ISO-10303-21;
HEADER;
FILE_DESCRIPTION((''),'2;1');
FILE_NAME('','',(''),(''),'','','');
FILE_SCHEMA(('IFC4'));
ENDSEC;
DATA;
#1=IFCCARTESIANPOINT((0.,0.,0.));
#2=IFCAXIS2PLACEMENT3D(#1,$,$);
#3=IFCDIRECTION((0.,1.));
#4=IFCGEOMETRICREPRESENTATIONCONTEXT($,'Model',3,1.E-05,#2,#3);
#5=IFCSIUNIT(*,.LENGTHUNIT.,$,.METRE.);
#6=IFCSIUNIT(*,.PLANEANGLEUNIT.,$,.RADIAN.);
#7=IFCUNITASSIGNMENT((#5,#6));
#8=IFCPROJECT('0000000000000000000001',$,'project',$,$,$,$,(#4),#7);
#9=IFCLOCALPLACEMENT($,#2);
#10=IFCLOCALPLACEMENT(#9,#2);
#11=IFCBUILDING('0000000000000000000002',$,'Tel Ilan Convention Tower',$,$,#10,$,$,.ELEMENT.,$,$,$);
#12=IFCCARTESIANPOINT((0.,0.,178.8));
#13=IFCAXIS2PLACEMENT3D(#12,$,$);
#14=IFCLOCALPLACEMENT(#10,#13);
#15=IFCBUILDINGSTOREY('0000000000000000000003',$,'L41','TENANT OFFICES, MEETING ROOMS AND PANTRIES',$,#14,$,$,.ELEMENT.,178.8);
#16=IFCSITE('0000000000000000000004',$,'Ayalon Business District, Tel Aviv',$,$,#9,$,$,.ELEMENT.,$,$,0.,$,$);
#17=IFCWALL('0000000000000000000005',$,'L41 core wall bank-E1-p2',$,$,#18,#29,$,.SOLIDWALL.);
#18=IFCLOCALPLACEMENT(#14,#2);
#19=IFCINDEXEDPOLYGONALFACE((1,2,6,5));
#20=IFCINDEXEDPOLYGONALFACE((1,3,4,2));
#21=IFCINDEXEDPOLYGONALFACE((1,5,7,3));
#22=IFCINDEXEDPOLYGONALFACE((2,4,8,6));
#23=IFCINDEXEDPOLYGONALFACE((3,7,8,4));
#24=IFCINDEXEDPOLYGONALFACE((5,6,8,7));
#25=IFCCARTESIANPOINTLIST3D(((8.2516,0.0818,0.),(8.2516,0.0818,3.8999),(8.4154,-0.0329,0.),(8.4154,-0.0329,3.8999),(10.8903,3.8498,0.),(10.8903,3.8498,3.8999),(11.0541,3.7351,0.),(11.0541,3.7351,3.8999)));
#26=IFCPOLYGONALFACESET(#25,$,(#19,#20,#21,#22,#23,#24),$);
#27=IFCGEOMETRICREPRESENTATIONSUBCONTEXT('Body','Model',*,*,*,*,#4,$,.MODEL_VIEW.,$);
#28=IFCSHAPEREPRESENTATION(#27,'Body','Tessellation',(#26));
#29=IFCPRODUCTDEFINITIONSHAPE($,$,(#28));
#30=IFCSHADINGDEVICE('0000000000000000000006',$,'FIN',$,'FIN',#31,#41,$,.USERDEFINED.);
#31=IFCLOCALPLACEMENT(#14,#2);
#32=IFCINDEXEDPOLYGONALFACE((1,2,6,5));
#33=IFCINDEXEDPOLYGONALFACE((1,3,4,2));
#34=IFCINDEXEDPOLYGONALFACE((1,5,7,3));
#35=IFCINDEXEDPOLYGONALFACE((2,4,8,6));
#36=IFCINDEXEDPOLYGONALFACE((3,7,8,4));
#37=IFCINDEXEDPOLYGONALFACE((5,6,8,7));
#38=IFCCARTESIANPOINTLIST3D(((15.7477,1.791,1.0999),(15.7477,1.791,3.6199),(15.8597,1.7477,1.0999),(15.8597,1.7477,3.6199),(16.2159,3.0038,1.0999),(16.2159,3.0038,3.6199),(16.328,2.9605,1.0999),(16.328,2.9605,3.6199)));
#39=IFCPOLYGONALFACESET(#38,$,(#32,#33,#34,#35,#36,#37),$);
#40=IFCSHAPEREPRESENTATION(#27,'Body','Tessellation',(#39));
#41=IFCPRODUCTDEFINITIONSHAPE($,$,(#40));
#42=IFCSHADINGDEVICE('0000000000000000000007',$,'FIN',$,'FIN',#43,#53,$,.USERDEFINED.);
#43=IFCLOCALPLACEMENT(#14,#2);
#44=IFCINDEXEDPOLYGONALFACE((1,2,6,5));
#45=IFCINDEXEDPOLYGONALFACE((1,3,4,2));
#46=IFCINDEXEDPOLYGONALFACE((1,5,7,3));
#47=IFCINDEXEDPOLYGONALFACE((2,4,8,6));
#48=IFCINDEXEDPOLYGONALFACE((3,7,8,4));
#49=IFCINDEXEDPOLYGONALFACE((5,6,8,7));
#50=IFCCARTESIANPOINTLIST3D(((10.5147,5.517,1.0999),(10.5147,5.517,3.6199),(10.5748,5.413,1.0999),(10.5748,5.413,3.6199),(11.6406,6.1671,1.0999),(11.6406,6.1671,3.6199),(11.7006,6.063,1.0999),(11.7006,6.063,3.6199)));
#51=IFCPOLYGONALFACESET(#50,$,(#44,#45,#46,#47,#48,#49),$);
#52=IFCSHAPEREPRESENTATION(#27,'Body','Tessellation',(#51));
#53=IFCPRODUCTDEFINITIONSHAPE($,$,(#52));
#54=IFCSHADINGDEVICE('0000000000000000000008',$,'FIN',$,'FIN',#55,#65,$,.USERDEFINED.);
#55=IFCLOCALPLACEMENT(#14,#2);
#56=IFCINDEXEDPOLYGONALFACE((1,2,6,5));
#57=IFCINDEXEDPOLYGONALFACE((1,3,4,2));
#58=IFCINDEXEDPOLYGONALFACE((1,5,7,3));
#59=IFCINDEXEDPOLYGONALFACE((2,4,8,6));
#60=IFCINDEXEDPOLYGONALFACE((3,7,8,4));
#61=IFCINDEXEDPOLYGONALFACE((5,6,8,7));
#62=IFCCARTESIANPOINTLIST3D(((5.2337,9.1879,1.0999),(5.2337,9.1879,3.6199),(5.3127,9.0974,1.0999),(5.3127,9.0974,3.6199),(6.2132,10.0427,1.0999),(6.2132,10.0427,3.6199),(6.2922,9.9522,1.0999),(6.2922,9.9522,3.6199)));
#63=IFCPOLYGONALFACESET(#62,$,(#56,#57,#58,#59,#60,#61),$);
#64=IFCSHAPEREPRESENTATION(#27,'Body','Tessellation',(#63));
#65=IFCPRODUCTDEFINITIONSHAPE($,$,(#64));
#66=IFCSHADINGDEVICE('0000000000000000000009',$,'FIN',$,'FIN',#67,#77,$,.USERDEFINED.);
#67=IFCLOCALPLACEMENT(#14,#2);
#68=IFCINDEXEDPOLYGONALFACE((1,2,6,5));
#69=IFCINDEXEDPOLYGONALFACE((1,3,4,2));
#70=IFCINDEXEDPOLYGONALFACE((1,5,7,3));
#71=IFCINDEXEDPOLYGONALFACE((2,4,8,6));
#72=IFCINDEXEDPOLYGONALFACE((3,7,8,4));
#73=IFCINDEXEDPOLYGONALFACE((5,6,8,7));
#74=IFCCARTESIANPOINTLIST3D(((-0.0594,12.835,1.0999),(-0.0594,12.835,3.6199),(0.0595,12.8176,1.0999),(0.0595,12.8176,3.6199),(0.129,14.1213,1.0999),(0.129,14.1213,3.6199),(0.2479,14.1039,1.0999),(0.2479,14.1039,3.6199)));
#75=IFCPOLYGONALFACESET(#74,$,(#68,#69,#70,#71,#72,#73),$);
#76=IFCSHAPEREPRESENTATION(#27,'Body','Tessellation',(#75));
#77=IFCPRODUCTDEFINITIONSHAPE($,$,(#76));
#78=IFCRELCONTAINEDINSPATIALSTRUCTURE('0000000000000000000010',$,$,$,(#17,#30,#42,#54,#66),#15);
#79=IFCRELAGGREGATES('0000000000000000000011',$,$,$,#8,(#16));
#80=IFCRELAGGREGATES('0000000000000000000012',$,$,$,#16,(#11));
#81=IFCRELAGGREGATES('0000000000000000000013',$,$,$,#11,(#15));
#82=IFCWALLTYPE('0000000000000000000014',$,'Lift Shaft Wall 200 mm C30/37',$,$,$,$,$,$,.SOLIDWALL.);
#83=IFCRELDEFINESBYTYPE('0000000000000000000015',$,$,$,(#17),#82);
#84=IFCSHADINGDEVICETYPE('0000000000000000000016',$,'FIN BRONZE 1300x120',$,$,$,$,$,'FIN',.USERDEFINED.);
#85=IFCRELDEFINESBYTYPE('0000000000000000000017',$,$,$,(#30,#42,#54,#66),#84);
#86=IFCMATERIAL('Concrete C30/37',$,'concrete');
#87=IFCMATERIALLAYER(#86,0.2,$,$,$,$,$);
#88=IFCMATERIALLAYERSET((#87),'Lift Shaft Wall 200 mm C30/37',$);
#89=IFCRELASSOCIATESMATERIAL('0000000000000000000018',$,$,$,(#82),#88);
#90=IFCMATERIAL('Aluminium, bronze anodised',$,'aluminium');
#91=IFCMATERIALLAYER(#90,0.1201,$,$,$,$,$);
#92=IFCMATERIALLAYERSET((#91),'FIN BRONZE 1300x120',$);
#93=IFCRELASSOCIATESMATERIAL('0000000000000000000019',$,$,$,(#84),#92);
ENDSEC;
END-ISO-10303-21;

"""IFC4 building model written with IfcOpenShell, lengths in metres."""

from ifc_helpers import new_model, si_unit, direction, frame, frame_2d, origin, origin_2d, place, context, subcontext, project, spatial, rectangle, extrude, material, layer, layer_set, type_object, element, save


model = new_model("IFC4")

# Units and contexts
model_context = context("Model", 3, precision=1e-05, world=origin(), true_north=direction((0.0, 1.0)))
body_context = subcontext(model_context, "Body", "Model", "MODEL_VIEW")
ifc_project = project(units=[si_unit("LENGTHUNIT", "METRE"), si_unit("PLANEANGLEUNIT", "RADIAN")], contexts=[model_context])

# Site, building, storey
site_placement = place(None, origin())
site = spatial("IfcSite", under=ifc_project, at=site_placement, Name="Ayalon Business District, Tel Aviv", CompositionType="ELEMENT", RefElevation=0.0)
building_placement = place(site_placement, origin())
building = spatial("IfcBuilding", under=site, at=building_placement, Name="Tel Ilan Convention Tower", CompositionType="ELEMENT")
storey_placement = place(building_placement, frame((0.0, 0.0, 178.8)))
storey = spatial("IfcBuildingStorey", under=building, at=storey_placement, Name="L41", Description="TENANT OFFICES, MEETING ROOMS AND PANTRIES", CompositionType="ELEMENT", Elevation=178.8)

# Wall
ifc_material_1 = material(Name="Concrete C30/37", Category="concrete")
ifc_layer_1 = layer(ifc_material_1, 0.2)
ifc_layer_set_1 = layer_set([ifc_layer_1], Name="Lift Shaft Wall 200 mm C30/37")
wall_type_1 = type_object("IfcWallType", Name="Lift Shaft Wall 200 mm C30/37", PredefinedType="SOLIDWALL", material=ifc_layer_set_1)
wall_1_placement = place(storey_placement, frame((8.3335, 0.0244, 0.0), z_axis=(0.0, 0.0, 1.0), x_axis=(0.573612, 0.819127, 0.0)))
element("IfcWall", 1, at=wall_1_placement, inside=storey, type_object=wall_type_1, Name="L41 core wall bank-E1-p2", PredefinedType="SOLIDWALL", context=body_context, shape_type="SweptSolid", body=[
    extrude(rectangle(XDim=4.6001, YDim=0.2, at=frame_2d((2.3, 0.0))), origin(), (0.0, 0.0, 1.0), 3.8999),
])

# Shading devices
ifc_material_2 = material(Name="Aluminium, bronze anodised", Category="aluminium")
ifc_layer_2 = layer(ifc_material_2, 0.1201)
ifc_layer_set_2 = layer_set([ifc_layer_2], Name="FIN BRONZE 1300x120")
shading_device_type = type_object("IfcShadingDeviceType", Name="FIN BRONZE 1300x120", ElementType="FIN", PredefinedType="USERDEFINED", material=ifc_layer_set_2)
for number, where, z_axis, x_axis, name in (
    (2, (16.0378, 2.3757, 1.0999), (0.0, 0.0, 1.0), (0.360178, 0.932884, 0.0), "FIN"),
    (3, (11.1077, 5.79, 1.0999), (0.0, 0.0, 1.0), (0.866025, 0.5, 0.0), "FIN"),
    (4, (5.7629, 9.5701, 1.0999), (0.0, 0.0, 1.0), (0.753436, 0.657521, 0.0), "FIN"),
    (5, (0.0942, 13.4695, 1.0999), (0.0, 0.0, 1.0), (0.144932, 0.989442, 0.0), "FIN"),
):
    element("IfcShadingDevice", number, at=place(storey_placement, frame(where, z_axis=z_axis, x_axis=x_axis)), inside=storey, type_object=shading_device_type, Name=name, ObjectType="FIN", PredefinedType="USERDEFINED", context=body_context, shape_type="SweptSolid", body=[
        extrude(rectangle(XDim=1.3, YDim=0.1201, at=origin_2d()), origin(), (0.0, 0.0, 1.0), 2.52),
    ])

save(model, "model.ifc")
